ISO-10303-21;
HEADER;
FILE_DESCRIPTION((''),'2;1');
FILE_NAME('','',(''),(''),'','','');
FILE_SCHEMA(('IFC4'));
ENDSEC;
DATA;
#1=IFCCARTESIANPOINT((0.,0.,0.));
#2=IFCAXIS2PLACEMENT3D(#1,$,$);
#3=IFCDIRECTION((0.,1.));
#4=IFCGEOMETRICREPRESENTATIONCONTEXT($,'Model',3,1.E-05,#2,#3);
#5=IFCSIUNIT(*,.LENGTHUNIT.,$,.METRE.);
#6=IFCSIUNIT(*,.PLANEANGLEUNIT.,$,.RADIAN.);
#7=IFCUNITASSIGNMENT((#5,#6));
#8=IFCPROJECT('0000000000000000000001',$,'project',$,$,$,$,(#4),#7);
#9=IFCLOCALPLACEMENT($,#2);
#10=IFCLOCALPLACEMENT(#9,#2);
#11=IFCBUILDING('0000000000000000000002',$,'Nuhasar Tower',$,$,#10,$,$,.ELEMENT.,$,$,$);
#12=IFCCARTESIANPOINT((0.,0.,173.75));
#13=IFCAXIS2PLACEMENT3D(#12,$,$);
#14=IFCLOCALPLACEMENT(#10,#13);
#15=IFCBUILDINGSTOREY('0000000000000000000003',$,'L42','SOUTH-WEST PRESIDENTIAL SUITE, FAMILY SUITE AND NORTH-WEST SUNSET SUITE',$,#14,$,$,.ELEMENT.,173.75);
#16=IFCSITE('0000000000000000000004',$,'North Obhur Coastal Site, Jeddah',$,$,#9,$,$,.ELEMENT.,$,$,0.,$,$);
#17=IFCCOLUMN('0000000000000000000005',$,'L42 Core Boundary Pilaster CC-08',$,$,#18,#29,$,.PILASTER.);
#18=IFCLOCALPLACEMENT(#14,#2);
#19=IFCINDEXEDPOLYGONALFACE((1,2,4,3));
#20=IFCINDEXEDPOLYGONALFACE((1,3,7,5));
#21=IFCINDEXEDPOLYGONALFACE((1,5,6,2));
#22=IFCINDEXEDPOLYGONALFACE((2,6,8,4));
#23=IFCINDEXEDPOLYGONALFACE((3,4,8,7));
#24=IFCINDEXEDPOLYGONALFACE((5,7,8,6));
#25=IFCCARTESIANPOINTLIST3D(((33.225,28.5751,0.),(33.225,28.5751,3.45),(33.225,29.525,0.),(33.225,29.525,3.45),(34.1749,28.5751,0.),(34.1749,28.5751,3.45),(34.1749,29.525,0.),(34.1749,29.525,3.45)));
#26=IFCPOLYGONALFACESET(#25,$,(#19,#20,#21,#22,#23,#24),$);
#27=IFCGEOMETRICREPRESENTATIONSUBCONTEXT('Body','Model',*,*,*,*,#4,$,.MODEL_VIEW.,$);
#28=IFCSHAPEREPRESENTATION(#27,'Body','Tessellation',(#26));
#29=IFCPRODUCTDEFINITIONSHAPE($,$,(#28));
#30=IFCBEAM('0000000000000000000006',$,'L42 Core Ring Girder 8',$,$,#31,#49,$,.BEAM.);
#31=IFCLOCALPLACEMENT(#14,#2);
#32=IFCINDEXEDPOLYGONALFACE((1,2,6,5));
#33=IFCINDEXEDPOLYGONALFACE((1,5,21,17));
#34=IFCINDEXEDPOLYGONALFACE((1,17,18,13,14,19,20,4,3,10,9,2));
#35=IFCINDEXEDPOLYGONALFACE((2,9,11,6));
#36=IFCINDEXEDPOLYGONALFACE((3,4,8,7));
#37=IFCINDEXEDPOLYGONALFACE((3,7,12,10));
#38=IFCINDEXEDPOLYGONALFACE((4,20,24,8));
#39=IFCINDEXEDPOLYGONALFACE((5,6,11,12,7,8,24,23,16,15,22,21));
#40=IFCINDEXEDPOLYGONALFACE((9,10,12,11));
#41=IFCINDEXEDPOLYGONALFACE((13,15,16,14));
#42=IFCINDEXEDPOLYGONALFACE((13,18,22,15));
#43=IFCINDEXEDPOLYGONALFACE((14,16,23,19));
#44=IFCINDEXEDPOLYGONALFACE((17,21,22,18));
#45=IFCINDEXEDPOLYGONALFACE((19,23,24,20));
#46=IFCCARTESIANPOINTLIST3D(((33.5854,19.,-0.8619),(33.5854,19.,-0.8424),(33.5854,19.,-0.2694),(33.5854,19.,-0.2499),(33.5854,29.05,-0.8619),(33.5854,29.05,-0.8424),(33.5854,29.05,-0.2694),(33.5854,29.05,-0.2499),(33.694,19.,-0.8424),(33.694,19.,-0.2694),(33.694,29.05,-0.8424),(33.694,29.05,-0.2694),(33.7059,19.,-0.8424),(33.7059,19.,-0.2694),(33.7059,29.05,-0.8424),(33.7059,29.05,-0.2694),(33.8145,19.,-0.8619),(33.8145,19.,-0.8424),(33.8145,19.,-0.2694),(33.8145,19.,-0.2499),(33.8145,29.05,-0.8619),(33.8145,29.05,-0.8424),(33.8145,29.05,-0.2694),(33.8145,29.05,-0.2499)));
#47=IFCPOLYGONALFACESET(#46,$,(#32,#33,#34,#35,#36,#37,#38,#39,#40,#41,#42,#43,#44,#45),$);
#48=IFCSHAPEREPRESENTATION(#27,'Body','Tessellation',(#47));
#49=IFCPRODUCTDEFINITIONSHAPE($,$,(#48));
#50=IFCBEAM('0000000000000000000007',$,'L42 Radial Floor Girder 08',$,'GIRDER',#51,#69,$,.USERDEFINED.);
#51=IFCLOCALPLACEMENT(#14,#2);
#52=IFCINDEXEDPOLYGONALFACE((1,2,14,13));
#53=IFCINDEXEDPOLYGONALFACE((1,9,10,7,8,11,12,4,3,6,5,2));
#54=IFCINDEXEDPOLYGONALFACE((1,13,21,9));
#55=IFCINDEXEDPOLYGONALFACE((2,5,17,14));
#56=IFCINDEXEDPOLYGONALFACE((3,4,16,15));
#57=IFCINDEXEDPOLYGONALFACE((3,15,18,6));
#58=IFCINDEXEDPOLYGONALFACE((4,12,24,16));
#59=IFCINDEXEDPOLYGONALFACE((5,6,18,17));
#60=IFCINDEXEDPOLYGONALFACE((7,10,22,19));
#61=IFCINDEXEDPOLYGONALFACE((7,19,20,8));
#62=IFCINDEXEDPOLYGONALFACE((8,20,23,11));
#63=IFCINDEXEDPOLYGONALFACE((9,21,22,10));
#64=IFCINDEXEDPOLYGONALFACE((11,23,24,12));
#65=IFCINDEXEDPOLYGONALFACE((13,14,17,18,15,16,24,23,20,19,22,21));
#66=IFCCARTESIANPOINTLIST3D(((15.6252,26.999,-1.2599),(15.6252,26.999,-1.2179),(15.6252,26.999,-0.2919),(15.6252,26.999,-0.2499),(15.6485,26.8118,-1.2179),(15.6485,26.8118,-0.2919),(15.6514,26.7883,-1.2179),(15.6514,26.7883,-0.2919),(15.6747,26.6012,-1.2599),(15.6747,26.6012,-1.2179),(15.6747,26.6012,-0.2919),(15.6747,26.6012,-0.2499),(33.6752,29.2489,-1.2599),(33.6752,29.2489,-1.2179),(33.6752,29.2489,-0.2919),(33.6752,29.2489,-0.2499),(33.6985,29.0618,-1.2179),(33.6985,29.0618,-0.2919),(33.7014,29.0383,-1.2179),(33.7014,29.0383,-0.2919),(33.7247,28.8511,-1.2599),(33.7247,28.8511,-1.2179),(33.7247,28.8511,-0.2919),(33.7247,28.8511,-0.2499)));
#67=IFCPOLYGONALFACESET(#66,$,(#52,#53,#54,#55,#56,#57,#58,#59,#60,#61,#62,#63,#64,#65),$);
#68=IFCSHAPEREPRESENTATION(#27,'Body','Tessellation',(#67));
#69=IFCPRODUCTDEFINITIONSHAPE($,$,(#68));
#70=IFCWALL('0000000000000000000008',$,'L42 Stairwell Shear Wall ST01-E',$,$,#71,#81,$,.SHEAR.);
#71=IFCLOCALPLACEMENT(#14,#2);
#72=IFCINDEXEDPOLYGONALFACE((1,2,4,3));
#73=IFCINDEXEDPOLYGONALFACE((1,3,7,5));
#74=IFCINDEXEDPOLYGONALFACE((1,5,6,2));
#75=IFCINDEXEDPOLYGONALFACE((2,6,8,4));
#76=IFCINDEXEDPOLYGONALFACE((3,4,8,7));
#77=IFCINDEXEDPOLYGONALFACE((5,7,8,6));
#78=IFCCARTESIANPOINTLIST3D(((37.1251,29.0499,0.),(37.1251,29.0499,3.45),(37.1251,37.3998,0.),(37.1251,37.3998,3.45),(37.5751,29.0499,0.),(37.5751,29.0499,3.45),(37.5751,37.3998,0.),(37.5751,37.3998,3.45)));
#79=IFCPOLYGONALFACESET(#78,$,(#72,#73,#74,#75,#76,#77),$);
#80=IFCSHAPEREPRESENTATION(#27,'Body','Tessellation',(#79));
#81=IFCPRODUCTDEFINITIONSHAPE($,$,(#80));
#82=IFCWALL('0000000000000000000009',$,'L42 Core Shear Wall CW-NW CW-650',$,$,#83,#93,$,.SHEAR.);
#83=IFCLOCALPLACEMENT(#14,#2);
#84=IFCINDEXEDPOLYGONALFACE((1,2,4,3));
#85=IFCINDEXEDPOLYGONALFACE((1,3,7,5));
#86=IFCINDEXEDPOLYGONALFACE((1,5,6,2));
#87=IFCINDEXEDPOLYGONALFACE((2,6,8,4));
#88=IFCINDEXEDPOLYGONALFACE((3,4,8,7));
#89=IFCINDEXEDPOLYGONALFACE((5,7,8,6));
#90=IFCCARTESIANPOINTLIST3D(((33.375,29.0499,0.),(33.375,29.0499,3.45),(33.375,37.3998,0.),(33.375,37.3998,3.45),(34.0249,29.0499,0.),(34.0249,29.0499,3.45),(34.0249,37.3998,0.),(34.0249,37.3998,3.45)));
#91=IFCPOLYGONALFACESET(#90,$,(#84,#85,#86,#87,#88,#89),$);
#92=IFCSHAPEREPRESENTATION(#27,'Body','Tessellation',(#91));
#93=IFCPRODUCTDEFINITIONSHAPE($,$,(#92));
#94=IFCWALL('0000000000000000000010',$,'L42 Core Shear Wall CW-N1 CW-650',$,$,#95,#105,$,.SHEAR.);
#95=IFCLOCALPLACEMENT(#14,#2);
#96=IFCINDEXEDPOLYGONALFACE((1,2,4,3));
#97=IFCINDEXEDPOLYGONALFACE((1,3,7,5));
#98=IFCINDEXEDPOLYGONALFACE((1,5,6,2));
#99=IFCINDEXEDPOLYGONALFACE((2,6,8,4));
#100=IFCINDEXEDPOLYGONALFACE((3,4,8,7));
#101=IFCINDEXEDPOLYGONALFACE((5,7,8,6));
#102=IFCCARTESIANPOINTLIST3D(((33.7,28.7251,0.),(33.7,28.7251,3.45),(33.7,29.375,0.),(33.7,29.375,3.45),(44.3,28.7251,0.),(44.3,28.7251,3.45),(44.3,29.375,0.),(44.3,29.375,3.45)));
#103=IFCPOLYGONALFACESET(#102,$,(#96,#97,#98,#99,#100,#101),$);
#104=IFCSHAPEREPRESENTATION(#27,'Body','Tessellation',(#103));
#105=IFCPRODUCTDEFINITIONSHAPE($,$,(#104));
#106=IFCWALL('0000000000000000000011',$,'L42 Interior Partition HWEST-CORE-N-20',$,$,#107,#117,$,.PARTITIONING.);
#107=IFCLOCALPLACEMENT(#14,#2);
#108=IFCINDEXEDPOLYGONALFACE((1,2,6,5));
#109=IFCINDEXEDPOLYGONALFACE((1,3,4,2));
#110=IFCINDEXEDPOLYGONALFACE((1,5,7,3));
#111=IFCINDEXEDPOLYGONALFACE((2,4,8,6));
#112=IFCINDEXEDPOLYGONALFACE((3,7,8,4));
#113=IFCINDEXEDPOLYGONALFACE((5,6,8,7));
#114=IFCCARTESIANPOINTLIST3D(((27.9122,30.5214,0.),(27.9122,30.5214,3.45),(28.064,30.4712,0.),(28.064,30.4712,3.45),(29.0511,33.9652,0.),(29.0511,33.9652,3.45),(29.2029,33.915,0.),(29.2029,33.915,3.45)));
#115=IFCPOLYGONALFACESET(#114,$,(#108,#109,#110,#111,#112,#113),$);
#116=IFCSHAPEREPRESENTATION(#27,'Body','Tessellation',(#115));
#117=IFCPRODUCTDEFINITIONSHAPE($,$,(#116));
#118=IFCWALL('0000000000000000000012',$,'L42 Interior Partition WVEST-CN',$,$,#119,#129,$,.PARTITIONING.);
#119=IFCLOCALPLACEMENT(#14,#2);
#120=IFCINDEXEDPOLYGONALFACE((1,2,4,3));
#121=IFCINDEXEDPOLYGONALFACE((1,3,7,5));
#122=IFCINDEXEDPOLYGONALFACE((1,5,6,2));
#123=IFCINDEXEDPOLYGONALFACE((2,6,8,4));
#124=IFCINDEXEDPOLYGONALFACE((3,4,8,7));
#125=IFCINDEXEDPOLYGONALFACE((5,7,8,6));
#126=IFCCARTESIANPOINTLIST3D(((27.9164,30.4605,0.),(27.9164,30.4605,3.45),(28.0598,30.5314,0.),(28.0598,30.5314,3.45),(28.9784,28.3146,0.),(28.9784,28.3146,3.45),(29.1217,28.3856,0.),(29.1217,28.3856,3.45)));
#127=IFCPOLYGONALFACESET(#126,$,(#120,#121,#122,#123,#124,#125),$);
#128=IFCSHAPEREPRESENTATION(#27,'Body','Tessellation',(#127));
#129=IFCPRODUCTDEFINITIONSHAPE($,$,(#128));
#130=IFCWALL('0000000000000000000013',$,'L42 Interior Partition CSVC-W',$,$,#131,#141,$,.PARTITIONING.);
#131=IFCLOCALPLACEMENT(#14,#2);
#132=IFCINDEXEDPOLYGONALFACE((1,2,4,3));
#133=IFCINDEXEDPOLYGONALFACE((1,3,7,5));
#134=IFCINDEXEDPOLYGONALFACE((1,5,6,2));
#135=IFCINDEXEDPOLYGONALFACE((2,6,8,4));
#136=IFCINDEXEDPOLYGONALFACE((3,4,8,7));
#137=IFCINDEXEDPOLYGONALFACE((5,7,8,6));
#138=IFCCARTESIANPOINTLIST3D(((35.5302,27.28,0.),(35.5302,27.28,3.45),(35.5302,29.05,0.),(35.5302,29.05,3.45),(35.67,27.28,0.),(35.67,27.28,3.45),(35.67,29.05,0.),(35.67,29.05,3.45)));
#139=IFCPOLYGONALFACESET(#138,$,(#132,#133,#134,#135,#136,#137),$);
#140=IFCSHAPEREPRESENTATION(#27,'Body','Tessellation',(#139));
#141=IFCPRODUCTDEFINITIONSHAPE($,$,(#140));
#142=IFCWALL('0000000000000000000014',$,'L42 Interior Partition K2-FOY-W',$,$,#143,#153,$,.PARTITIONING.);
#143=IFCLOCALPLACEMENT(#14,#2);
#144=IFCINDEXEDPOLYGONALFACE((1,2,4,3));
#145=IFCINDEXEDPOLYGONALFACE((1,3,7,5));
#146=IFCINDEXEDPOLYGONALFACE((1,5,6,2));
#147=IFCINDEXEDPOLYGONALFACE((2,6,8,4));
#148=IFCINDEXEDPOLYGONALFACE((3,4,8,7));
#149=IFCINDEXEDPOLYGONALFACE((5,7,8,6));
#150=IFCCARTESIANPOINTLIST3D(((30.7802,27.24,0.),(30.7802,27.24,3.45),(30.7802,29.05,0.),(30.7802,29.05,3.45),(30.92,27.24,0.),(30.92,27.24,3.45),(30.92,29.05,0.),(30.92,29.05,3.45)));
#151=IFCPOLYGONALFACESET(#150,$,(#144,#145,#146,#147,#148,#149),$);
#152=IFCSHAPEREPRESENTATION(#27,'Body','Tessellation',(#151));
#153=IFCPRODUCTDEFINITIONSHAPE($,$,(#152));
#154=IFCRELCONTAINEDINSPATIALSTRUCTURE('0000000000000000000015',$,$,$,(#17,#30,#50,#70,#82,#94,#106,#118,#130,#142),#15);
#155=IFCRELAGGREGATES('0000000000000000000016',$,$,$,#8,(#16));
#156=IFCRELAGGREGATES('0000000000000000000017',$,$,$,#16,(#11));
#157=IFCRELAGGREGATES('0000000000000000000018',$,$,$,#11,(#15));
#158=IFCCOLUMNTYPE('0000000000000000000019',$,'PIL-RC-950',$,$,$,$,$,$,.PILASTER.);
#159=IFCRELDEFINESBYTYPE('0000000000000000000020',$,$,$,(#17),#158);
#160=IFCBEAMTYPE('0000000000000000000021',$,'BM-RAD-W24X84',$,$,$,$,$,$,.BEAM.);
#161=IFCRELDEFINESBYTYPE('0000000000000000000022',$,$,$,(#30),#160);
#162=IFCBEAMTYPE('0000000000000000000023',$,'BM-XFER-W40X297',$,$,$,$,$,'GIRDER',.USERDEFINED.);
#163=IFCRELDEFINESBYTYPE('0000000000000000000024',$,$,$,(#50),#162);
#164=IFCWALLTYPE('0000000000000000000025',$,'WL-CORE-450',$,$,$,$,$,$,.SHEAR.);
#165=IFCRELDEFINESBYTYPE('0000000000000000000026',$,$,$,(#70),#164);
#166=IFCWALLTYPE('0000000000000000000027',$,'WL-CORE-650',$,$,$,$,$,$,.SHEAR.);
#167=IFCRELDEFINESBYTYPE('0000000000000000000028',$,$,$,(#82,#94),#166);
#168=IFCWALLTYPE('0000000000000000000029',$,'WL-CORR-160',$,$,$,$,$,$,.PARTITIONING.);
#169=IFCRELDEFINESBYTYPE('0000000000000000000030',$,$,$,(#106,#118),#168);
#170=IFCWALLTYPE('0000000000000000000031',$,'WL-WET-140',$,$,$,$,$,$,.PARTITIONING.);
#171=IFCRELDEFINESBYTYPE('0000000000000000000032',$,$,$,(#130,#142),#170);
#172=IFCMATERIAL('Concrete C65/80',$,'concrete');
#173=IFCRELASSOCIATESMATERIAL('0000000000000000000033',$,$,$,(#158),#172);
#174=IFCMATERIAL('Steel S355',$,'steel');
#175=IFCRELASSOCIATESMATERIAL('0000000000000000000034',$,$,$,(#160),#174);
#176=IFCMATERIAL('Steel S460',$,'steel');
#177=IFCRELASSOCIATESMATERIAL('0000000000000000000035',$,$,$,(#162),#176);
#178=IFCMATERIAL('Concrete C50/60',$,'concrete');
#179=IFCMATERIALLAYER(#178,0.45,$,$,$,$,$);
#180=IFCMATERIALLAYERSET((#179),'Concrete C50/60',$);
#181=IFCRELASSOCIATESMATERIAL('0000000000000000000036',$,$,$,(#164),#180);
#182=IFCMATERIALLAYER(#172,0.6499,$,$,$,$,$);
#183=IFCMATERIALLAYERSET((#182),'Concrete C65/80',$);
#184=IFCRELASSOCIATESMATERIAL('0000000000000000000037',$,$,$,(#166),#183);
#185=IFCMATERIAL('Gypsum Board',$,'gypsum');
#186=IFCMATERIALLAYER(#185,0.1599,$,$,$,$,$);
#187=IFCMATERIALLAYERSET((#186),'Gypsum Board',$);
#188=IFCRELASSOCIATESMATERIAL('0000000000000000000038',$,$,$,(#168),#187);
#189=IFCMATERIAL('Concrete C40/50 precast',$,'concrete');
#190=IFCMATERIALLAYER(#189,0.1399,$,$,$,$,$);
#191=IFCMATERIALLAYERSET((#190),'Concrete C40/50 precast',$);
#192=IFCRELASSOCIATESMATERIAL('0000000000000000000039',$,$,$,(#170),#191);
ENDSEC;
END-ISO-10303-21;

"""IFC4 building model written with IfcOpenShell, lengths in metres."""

from ifc_helpers import new_model, si_unit, direction, frame, frame_2d, origin, origin_2d, place, context, subcontext, project, spatial, rectangle, i_section, extrude, material, layer, layer_set, material_profile, profile_set, type_object, element, save


model = new_model("IFC4")

# Units and contexts
model_context = context("Model", 3, precision=1e-05, world=origin(), true_north=direction((0.0, 1.0)))
body_context = subcontext(model_context, "Body", "Model", "MODEL_VIEW")
ifc_project = project(units=[si_unit("LENGTHUNIT", "METRE"), si_unit("PLANEANGLEUNIT", "RADIAN")], contexts=[model_context])

# Site, building, storey
site_placement = place(None, origin())
site = spatial("IfcSite", under=ifc_project, at=site_placement, Name="North Obhur Coastal Site, Jeddah", CompositionType="ELEMENT", RefElevation=0.0)
building_placement = place(site_placement, origin())
building = spatial("IfcBuilding", under=site, at=building_placement, Name="Nuhasar Tower", CompositionType="ELEMENT")
storey_placement = place(building_placement, frame((0.0, 0.0, 173.75)))
storey = spatial("IfcBuildingStorey", under=building, at=storey_placement, Name="L42", Description="SOUTH-WEST PRESIDENTIAL SUITE, FAMILY SUITE AND NORTH-WEST SUNSET SUITE", CompositionType="ELEMENT", Elevation=173.75)

# Column
ifc_material_1 = material(Name="Concrete C65/80", Category="concrete")
ifc_material_profile_1 = material_profile(ifc_material_1, rectangle(XDim=0.95, YDim=0.95, at=origin_2d()), Name="RC950X950")
ifc_profile_set_1 = profile_set([ifc_material_profile_1], Name="Concrete C65/80")
column_type = type_object("IfcColumnType", Name="PIL-RC-950", PredefinedType="PILASTER", material=ifc_profile_set_1)
column_placement = place(storey_placement, frame((33.7, 29.05, 0.0), z_axis=(0.0, 0.0, 1.0), x_axis=(1.0, 0.0, 0.0)))
element("IfcColumn", 1, at=column_placement, inside=storey, type_object=column_type, Name="L42 Core Boundary Pilaster CC-08", PredefinedType="PILASTER", context=body_context, shape_type="SweptSolid", body=[
    extrude(rectangle(XDim=0.95, YDim=0.95, at=origin_2d()), origin(), (0.0, 0.0, 1.0), 3.45),
])

# Beams
ifc_material_2 = material(Name="Steel S355", Category="steel")
ifc_material_profile_2 = material_profile(ifc_material_2, i_section(OverallWidth=0.229, OverallDepth=0.6121, WebThickness=0.012, FlangeThickness=0.0195, at=origin_2d()), Name="W24X84")
ifc_profile_set_2 = profile_set([ifc_material_profile_2], Name="Steel S355")
beam_type_1 = type_object("IfcBeamType", Name="BM-RAD-W24X84", PredefinedType="BEAM", material=ifc_profile_set_2)
beam_1_placement = place(storey_placement, frame((33.7, 29.05, -0.5559), z_axis=(0.0, -1.0, 0.0), x_axis=(1.0, 0.0, 0.0)))
element("IfcBeam", 2, at=beam_1_placement, inside=storey, type_object=beam_type_1, Name="L42 Core Ring Girder 8", PredefinedType="BEAM", context=body_context, shape_type="SweptSolid", body=[
    extrude(i_section(OverallWidth=0.229, OverallDepth=0.6121, WebThickness=0.012, FlangeThickness=0.0195, at=origin_2d()), origin(), (0.0, 0.0, 1.0), 10.05),
])
ifc_material_3 = material(Name="Steel S460", Category="steel")
ifc_material_profile_3 = material_profile(ifc_material_3, i_section(OverallWidth=0.4009, OverallDepth=1.01, WebThickness=0.0237, FlangeThickness=0.042, at=origin_2d()), Name="W40X297")
ifc_profile_set_3 = profile_set([ifc_material_profile_3], Name="Steel S460")
beam_type_2 = type_object("IfcBeamType", Name="BM-XFER-W40X297", ElementType="GIRDER", PredefinedType="USERDEFINED", material=ifc_profile_set_3)
beam_2_placement = place(storey_placement, frame((33.7, 29.05, -0.7549), z_axis=(-0.99232, -0.123696, 0.0), x_axis=(0.123696, -0.99232, 0.0)))
element("IfcBeam", 3, at=beam_2_placement, inside=storey, type_object=beam_type_2, Name="L42 Radial Floor Girder 08", ObjectType="GIRDER", PredefinedType="USERDEFINED", context=body_context, shape_type="SweptSolid", body=[
    extrude(i_section(OverallWidth=0.4009, OverallDepth=1.01, WebThickness=0.0237, FlangeThickness=0.042, at=origin_2d()), origin(), (0.0, 0.0, 1.0), 18.1897),
])

# Walls
ifc_material_4 = material(Name="Concrete C50/60", Category="concrete")
ifc_layer_1 = layer(ifc_material_4, 0.45)
ifc_layer_set_1 = layer_set([ifc_layer_1], Name="Concrete C50/60")
wall_type_1 = type_object("IfcWallType", Name="WL-CORE-450", PredefinedType="SHEAR", material=ifc_layer_set_1)
wall_1_placement = place(storey_placement, frame((37.3501, 29.05, 0.0), z_axis=(0.0, 0.0, 1.0), x_axis=(0.0, 1.0, 0.0)))
element("IfcWall", 4, at=wall_1_placement, inside=storey, type_object=wall_type_1, Name="L42 Stairwell Shear Wall ST01-E", PredefinedType="SHEAR", context=body_context, shape_type="SweptSolid", body=[
    extrude(rectangle(XDim=8.3499, YDim=0.45, at=frame_2d((4.1748, 0.0))), origin(), (0.0, 0.0, 1.0), 3.45),
])
ifc_layer_2 = layer(ifc_material_1, 0.6499)
ifc_layer_set_2 = layer_set([ifc_layer_2], Name="Concrete C65/80")
wall_type_2 = type_object("IfcWallType", Name="WL-CORE-650", PredefinedType="SHEAR", material=ifc_layer_set_2)
wall_2_placement = place(storey_placement, frame((33.7, 29.05, 0.0), z_axis=(0.0, 0.0, 1.0), x_axis=(0.0, 1.0, 0.0)))
element("IfcWall", 5, at=wall_2_placement, inside=storey, type_object=wall_type_2, Name="L42 Core Shear Wall CW-NW CW-650", PredefinedType="SHEAR", context=body_context, shape_type="SweptSolid", body=[
    extrude(rectangle(XDim=8.3499, YDim=0.6499, at=frame_2d((4.1748, 0.0))), origin(), (0.0, 0.0, 1.0), 3.45),
])
wall_3_placement = place(storey_placement, frame((33.7, 29.05, 0.0), z_axis=(0.0, 0.0, 1.0), x_axis=(1.0, 0.0, 0.0)))
element("IfcWall", 6, at=wall_3_placement, inside=storey, type_object=wall_type_2, Name="L42 Core Shear Wall CW-N1 CW-650", PredefinedType="SHEAR", context=body_context, shape_type="SweptSolid", body=[
    extrude(rectangle(XDim=10.6001, YDim=0.6499, at=frame_2d((5.3, 0.0))), origin(), (0.0, 0.0, 1.0), 3.45),
])
ifc_material_5 = material(Name="Gypsum Board", Category="gypsum")
ifc_layer_3 = layer(ifc_material_5, 0.1599)
ifc_layer_set_3 = layer_set([ifc_layer_3], Name="Gypsum Board")
wall_type_3 = type_object("IfcWallType", Name="WL-CORR-160", PredefinedType="PARTITIONING", material=ifc_layer_set_3)
wall_4_placement = place(storey_placement, frame((29.127, 33.9399, 0.0), z_axis=(0.0, 0.0, 1.0), x_axis=(-0.313986, -0.949428, 0.0)))
element("IfcWall", 7, at=wall_4_placement, inside=storey, type_object=wall_type_3, Name="L42 Interior Partition HWEST-CORE-N-20", PredefinedType="PARTITIONING", context=body_context, shape_type="SweptSolid", body=[
    extrude(rectangle(XDim=3.6272, YDim=0.1599, at=frame_2d((1.8135, 0.0))), origin(), (0.0, 0.0, 1.0), 3.45),
])
wall_5_placement = place(storey_placement, frame((27.988, 30.4961, 0.0), z_axis=(0.0, 0.0, 1.0), x_axis=(0.443539, -0.896255, 0.0)))
element("IfcWall", 8, at=wall_5_placement, inside=storey, type_object=wall_type_3, Name="L42 Interior Partition WVEST-CN", PredefinedType="PARTITIONING", context=body_context, shape_type="SweptSolid", body=[
    extrude(rectangle(XDim=2.3943, YDim=0.1599, at=frame_2d((1.1973, 0.0))), origin(), (0.0, 0.0, 1.0), 3.45),
])
ifc_material_6 = material(Name="Concrete C40/50 precast", Category="concrete")
ifc_layer_4 = layer(ifc_material_6, 0.1399)
ifc_layer_set_4 = layer_set([ifc_layer_4], Name="Concrete C40/50 precast")
wall_type_4 = type_object("IfcWallType", Name="WL-WET-140", PredefinedType="PARTITIONING", material=ifc_layer_set_4)
wall_6_placement = place(storey_placement, frame((35.6001, 27.28, 0.0), z_axis=(0.0, 0.0, 1.0), x_axis=(0.0, 1.0, 0.0)))
element("IfcWall", 9, at=wall_6_placement, inside=storey, type_object=wall_type_4, Name="L42 Interior Partition CSVC-W", PredefinedType="PARTITIONING", context=body_context, shape_type="SweptSolid", body=[
    extrude(rectangle(XDim=1.77, YDim=0.1399, at=frame_2d((0.885, 0.0))), origin(), (0.0, 0.0, 1.0), 3.45),
])
wall_7_placement = place(storey_placement, frame((30.8501, 27.24, 0.0), z_axis=(0.0, 0.0, 1.0), x_axis=(0.0, 1.0, 0.0)))
element("IfcWall", 10, at=wall_7_placement, inside=storey, type_object=wall_type_4, Name="L42 Interior Partition K2-FOY-W", PredefinedType="PARTITIONING", context=body_context, shape_type="SweptSolid", body=[
    extrude(rectangle(XDim=1.8101, YDim=0.1399, at=frame_2d((0.905, 0.0))), origin(), (0.0, 0.0, 1.0), 3.45),
])

save(model, "model.ifc")
